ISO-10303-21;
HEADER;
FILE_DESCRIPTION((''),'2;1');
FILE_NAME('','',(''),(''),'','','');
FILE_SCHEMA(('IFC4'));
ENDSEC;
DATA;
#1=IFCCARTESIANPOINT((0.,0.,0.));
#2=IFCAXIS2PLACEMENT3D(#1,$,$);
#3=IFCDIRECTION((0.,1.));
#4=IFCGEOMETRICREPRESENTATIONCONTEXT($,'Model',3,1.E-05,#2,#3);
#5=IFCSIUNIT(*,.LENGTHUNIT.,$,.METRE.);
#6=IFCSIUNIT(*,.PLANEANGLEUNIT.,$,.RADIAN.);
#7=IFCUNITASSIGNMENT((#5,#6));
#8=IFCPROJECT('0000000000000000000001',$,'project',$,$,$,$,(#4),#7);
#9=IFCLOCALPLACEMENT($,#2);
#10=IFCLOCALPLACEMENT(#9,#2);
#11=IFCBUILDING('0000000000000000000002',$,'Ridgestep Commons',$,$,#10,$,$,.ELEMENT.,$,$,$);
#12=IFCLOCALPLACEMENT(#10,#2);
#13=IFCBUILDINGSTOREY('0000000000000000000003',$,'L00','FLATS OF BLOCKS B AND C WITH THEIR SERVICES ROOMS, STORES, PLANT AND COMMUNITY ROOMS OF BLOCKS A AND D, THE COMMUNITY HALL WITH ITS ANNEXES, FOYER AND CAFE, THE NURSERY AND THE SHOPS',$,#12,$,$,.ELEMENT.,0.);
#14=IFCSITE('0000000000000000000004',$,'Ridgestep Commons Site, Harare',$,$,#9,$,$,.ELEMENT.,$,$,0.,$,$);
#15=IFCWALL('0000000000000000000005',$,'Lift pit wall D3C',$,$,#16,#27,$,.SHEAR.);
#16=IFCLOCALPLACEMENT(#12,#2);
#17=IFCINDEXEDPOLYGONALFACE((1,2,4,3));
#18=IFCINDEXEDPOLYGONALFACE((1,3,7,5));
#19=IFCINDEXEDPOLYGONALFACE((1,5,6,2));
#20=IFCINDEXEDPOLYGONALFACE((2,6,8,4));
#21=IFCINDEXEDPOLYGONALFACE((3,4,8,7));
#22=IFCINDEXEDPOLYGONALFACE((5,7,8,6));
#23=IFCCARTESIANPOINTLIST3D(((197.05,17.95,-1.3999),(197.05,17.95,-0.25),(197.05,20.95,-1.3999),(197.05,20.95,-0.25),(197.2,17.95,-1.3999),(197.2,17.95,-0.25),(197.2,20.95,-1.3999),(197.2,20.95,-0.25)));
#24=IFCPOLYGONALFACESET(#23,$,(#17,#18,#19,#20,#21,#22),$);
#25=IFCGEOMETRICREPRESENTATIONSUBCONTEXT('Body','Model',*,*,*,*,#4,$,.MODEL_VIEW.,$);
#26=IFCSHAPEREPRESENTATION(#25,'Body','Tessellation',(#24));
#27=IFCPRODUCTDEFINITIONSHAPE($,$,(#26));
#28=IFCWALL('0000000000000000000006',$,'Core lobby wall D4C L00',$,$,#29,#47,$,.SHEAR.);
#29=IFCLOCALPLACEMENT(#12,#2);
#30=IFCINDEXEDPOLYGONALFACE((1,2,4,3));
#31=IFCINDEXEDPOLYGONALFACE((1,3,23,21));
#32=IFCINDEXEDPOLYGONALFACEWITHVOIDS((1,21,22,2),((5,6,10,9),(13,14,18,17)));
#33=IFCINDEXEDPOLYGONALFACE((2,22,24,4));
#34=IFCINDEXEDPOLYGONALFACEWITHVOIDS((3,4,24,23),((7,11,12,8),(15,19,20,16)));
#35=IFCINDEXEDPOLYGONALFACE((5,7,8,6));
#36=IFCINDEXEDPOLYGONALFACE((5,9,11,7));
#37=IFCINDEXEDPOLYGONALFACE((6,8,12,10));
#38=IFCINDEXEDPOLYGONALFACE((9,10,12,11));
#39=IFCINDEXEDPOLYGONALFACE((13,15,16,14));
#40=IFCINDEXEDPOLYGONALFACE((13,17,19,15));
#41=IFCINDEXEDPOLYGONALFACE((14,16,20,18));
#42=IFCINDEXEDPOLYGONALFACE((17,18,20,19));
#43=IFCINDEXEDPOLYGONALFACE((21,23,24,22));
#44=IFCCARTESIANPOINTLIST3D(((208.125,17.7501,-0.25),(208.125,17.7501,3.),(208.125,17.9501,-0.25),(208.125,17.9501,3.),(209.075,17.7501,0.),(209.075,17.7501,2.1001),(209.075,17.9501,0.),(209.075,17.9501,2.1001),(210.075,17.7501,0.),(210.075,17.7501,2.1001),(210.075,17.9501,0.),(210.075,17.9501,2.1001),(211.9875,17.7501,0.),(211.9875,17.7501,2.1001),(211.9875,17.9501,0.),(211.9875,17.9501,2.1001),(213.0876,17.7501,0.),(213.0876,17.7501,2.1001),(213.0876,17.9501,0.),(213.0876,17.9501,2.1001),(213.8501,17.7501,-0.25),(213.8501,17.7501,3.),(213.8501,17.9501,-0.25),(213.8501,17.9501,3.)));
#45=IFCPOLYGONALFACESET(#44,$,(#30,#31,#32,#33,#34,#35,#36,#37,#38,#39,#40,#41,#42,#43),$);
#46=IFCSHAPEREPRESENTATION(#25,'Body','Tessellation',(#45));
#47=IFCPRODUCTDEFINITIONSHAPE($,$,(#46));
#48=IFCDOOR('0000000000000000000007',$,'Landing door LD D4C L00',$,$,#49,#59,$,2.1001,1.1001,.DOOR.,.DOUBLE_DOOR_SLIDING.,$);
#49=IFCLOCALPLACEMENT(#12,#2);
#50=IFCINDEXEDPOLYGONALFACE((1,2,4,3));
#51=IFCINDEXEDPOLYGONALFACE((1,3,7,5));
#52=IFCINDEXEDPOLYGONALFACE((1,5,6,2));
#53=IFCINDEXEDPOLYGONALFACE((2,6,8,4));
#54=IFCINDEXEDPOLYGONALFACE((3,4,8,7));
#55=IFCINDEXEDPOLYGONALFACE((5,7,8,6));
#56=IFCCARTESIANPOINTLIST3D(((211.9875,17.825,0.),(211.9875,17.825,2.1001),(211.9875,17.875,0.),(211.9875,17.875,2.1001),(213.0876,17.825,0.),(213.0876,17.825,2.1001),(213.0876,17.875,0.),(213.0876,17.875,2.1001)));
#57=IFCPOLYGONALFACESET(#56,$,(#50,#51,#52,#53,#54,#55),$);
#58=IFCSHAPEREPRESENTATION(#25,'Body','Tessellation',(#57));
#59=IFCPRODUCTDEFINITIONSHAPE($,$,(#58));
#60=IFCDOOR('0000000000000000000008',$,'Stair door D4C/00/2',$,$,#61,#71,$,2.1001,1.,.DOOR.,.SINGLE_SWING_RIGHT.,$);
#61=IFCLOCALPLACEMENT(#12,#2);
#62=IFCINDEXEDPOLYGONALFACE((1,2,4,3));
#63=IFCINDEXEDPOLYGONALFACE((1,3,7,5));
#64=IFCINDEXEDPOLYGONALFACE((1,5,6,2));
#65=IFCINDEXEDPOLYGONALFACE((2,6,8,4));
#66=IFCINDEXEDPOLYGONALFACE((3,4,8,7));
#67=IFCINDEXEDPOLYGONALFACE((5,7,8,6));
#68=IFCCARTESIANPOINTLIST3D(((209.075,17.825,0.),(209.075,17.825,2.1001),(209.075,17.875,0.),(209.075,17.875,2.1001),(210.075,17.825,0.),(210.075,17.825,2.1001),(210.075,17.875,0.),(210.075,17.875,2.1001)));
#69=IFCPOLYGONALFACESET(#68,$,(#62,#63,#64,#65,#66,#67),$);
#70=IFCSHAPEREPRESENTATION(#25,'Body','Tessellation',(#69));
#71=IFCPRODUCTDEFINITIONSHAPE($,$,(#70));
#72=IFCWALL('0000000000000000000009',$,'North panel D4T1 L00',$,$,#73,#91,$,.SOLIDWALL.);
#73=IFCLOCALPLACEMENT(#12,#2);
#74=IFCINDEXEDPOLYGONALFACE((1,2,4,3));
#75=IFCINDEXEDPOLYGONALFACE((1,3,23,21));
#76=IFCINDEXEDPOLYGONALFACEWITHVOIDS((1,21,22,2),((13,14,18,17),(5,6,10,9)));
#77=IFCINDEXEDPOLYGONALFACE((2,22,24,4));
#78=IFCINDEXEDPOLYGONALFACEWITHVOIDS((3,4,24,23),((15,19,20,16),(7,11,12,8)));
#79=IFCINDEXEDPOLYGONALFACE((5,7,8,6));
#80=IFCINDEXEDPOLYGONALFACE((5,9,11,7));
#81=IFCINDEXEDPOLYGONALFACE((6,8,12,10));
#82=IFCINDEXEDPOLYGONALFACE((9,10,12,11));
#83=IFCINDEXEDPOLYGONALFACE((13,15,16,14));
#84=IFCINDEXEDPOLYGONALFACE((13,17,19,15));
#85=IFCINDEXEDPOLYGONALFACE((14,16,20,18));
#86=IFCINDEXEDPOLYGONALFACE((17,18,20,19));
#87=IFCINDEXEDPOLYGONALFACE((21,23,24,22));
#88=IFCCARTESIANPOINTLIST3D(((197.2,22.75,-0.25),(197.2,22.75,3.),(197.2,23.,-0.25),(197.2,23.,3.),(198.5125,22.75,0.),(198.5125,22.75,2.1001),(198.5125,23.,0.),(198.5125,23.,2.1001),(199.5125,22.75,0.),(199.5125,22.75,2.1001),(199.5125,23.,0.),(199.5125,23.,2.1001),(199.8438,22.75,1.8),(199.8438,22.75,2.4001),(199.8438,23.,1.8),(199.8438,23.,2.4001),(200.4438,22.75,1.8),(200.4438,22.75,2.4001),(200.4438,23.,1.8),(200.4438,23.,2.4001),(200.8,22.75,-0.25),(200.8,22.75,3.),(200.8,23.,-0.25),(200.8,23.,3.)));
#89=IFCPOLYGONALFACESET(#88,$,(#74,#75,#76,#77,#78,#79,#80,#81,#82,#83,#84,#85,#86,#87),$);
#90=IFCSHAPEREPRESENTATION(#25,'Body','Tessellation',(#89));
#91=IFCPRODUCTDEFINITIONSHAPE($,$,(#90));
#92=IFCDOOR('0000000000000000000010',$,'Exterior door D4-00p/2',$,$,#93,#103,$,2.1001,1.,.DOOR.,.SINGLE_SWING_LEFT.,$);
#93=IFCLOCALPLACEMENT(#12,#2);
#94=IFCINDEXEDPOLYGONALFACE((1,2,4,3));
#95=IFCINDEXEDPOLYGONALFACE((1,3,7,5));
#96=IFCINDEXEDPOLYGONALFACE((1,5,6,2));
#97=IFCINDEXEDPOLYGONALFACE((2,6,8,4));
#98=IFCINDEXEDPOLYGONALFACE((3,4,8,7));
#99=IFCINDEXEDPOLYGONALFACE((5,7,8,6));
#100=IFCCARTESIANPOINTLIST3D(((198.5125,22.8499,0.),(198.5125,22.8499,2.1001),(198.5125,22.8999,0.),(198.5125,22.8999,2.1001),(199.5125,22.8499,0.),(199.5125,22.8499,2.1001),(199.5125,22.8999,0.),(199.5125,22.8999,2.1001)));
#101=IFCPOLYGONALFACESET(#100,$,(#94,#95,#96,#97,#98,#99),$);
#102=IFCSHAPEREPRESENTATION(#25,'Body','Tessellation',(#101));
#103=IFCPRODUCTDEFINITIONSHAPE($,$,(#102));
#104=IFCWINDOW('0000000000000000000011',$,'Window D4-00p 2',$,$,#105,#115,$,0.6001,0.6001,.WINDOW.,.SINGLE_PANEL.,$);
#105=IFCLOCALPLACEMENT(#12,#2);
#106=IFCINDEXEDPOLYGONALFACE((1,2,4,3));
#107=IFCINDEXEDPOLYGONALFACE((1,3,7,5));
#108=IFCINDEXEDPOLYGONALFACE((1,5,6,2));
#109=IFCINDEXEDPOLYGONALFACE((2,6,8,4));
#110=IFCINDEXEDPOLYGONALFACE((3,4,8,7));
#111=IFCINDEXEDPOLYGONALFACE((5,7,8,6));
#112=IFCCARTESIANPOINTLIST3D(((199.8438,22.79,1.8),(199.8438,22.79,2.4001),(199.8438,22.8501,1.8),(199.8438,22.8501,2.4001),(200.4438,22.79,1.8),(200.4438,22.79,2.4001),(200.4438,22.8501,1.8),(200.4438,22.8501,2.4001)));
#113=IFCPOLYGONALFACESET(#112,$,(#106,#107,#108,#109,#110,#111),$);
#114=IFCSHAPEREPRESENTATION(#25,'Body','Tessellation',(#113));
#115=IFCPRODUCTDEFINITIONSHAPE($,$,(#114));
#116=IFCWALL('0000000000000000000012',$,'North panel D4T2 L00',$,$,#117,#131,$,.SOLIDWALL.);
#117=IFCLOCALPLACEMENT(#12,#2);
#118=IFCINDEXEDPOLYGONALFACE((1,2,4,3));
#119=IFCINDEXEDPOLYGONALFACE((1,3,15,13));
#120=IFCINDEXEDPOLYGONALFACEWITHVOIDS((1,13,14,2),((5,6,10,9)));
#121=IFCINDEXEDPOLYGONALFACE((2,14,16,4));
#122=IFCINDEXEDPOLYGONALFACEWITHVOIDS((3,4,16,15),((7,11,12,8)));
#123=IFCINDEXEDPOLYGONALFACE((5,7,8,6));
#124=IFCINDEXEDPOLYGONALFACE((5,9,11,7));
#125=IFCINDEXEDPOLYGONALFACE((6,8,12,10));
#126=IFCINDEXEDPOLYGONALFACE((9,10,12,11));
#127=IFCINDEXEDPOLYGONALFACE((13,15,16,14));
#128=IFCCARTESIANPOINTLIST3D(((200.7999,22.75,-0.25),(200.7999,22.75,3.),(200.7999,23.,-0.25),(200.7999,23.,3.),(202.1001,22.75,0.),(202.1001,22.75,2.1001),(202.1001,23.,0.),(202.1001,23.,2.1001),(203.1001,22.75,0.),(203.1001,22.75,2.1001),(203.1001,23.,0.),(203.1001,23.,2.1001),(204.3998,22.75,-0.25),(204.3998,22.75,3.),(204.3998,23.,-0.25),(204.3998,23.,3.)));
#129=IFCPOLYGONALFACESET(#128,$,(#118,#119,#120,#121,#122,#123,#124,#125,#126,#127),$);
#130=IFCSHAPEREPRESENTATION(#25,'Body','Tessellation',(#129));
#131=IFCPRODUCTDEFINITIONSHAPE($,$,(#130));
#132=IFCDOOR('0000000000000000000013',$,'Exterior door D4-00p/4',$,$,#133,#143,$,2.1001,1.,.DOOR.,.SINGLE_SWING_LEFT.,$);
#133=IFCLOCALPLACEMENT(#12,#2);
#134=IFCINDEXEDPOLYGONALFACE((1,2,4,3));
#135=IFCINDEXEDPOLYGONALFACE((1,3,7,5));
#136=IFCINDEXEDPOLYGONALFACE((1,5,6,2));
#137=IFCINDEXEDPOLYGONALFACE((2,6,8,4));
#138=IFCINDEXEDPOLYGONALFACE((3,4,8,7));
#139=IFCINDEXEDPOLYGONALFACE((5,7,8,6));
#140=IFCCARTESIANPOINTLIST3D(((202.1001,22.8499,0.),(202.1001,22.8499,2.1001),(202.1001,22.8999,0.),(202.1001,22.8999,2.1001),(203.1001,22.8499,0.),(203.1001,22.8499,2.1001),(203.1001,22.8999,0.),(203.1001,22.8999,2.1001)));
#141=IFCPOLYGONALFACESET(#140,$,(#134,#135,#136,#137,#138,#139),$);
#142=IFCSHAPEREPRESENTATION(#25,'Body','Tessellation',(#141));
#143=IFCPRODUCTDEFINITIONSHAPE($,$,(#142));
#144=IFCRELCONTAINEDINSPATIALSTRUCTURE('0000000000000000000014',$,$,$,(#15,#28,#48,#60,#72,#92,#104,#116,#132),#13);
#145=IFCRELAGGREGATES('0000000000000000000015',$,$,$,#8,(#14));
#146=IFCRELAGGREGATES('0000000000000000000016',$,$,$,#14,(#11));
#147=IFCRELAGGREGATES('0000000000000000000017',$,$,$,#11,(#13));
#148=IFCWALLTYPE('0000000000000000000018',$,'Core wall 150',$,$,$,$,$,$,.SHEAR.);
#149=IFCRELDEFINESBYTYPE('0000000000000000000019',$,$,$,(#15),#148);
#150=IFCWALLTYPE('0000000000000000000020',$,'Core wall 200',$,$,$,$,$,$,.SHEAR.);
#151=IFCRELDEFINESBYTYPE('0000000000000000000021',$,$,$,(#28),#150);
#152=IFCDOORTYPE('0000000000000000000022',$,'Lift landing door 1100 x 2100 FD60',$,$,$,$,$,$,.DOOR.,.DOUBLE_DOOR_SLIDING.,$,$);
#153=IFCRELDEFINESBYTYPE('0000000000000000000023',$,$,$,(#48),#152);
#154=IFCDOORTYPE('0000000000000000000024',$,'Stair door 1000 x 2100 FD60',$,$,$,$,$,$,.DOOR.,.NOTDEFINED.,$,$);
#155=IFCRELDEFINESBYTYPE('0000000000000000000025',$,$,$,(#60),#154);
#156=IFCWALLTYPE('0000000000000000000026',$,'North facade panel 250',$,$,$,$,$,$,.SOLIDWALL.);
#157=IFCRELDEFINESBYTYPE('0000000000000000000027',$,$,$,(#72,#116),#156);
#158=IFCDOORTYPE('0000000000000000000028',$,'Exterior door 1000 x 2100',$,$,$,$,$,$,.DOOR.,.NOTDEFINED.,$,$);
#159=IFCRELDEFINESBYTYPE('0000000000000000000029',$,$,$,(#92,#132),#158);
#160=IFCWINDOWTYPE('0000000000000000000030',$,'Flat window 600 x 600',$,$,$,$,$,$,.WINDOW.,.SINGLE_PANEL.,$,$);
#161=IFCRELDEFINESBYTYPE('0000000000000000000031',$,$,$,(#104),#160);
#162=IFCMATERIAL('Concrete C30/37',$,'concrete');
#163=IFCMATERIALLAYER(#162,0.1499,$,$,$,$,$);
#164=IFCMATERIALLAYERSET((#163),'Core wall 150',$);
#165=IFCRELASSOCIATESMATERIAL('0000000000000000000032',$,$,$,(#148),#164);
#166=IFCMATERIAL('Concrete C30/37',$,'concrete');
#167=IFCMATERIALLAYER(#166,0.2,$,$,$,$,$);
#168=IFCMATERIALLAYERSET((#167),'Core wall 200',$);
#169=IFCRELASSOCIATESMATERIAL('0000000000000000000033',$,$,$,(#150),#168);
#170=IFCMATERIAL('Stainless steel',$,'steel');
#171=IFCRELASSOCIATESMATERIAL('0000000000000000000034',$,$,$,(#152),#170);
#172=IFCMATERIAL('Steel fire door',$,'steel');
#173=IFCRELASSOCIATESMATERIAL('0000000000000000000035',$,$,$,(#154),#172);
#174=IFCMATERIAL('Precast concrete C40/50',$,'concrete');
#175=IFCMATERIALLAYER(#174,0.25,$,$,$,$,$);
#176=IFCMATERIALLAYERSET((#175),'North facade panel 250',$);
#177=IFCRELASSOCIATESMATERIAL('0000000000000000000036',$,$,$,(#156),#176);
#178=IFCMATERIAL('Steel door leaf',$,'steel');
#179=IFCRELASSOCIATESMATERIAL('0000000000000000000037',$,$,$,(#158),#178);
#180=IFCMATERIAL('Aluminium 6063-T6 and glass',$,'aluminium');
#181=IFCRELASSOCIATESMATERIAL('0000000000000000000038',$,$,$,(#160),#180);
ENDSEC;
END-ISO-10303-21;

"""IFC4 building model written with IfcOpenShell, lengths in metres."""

from ifc_helpers import new_model, si_unit, direction, frame, frame_2d, origin, place, context, subcontext, project, spatial, rectangle, extrude, material, layer, layer_set, type_object, element, fill, save


model = new_model("IFC4")

# Units and contexts
model_context = context("Model", 3, precision=1e-05, world=origin(), true_north=direction((0.0, 1.0)))
body_context = subcontext(model_context, "Body", "Model", "MODEL_VIEW")
ifc_project = project(units=[si_unit("LENGTHUNIT", "METRE"), si_unit("PLANEANGLEUNIT", "RADIAN")], contexts=[model_context])

# Site, building, storey
site_placement = place(None, origin())
site = spatial("IfcSite", under=ifc_project, at=site_placement, Name="Ridgestep Commons Site, Harare", CompositionType="ELEMENT", RefElevation=0.0)
building_placement = place(site_placement, origin())
building = spatial("IfcBuilding", under=site, at=building_placement, Name="Ridgestep Commons", CompositionType="ELEMENT")
storey_placement = place(building_placement, origin())
storey = spatial("IfcBuildingStorey", under=building, at=storey_placement, Name="L00", Description="FLATS OF BLOCKS B AND C WITH THEIR SERVICES ROOMS, STORES, PLANT AND COMMUNITY ROOMS OF BLOCKS A AND D, THE COMMUNITY HALL WITH ITS ANNEXES, FOYER AND CAFE, THE NURSERY AND THE SHOPS", CompositionType="ELEMENT", Elevation=0.0)

# Wall
ifc_material_1 = material(Name="Concrete C30/37", Category="concrete")
ifc_layer_1 = layer(ifc_material_1, 0.1499)
ifc_layer_set_1 = layer_set([ifc_layer_1], Name="Core wall 150")
wall_type_1 = type_object("IfcWallType", Name="Core wall 150", PredefinedType="SHEAR", material=ifc_layer_set_1)
wall_1_placement = place(storey_placement, frame((197.125, 17.95, -1.3999), z_axis=(0.0, 0.0, 1.0), x_axis=(0.0, 1.0, 0.0)))
element("IfcWall", 1, at=wall_1_placement, inside=storey, type_object=wall_type_1, Name="Lift pit wall D3C", PredefinedType="SHEAR", context=body_context, shape_type="SweptSolid", body=[
    extrude(rectangle(XDim=3.0, YDim=0.1499, at=frame_2d((1.5, 0.0))), origin(), (0.0, 0.0, 1.0), 1.1499),
])

# Wall, openings, doors
ifc_material_2 = material(Name="Concrete C30/37", Category="concrete")
ifc_layer_2 = layer(ifc_material_2, 0.2)
ifc_layer_set_2 = layer_set([ifc_layer_2], Name="Core wall 200")
wall_type_2 = type_object("IfcWallType", Name="Core wall 200", PredefinedType="SHEAR", material=ifc_layer_set_2)
wall_2_placement = place(storey_placement, frame((208.125, 17.8501, -0.25), z_axis=(0.0, 0.0, 1.0), x_axis=(1.0, 0.0, 0.0)))
wall_2 = element("IfcWall", 2, at=wall_2_placement, inside=storey, type_object=wall_type_2, Name="Core lobby wall D4C L00", PredefinedType="SHEAR", context=body_context, shape_type="SweptSolid", body=[
    extrude(rectangle(XDim=5.7251, YDim=0.2, at=frame_2d((2.8625, 0.0))), origin(), (0.0, 0.0, 1.0), 3.25),
])
opening_1_placement = place(wall_2_placement, frame((0.95, 0.0, 0.25)))
opening_1 = element("IfcOpeningElement", 3, at=opening_1_placement, cuts=wall_2, PredefinedType="OPENING", context=body_context, shape_type="SweptSolid", body=[
    extrude(rectangle(XDim=1.0, YDim=2.1001, at=frame_2d((0.5, 1.05))), frame((0.0, 0.1099, 0.0), z_axis=(0.0, -1.0, 0.0), x_axis=(1.0, 0.0, 0.0)), (0.0, 0.0, 1.0), 0.22),
])
opening_2_placement = place(wall_2_placement, frame((3.8625, 0.0, 0.25)))
opening_2 = element("IfcOpeningElement", 4, at=opening_2_placement, cuts=wall_2, PredefinedType="OPENING", context=body_context, shape_type="SweptSolid", body=[
    extrude(rectangle(XDim=1.1001, YDim=2.1001, at=frame_2d((0.55, 1.05))), frame((0.0, 0.1099, 0.0), z_axis=(0.0, -1.0, 0.0), x_axis=(1.0, 0.0, 0.0)), (0.0, 0.0, 1.0), 0.22),
])
ifc_material_3 = material(Name="Stainless steel", Category="steel")
door_type_1 = type_object("IfcDoorType", Name="Lift landing door 1100 x 2100 FD60", OperationType="DOUBLE_DOOR_SLIDING", PredefinedType="DOOR", material=ifc_material_3)
door_1_placement = place(opening_2_placement, origin())
door_1 = element("IfcDoor", 5, at=door_1_placement, inside=storey, type_object=door_type_1, Name="Landing door LD D4C L00", OperationType="DOUBLE_DOOR_SLIDING", OverallHeight=2.1001, OverallWidth=1.1001, PredefinedType="DOOR", context=body_context, shape_type="SweptSolid", body=[
    extrude(rectangle(XDim=1.1001, YDim=2.1001, at=frame_2d((0.55, 1.05))), frame((0.0, 0.0249, 0.0), z_axis=(0.0, -1.0, 0.0), x_axis=(1.0, 0.0, 0.0)), (0.0, 0.0, 1.0), 0.05),
])
fill(opening_2, door_1)
ifc_material_4 = material(Name="Steel fire door", Category="steel")
door_type_2 = type_object("IfcDoorType", Name="Stair door 1000 x 2100 FD60", OperationType="NOTDEFINED", PredefinedType="DOOR", material=ifc_material_4)
door_2_placement = place(opening_1_placement, origin())
door_2 = element("IfcDoor", 6, at=door_2_placement, inside=storey, type_object=door_type_2, Name="Stair door D4C/00/2", OperationType="SINGLE_SWING_RIGHT", OverallHeight=2.1001, OverallWidth=1.0, PredefinedType="DOOR", context=body_context, shape_type="SweptSolid", body=[
    extrude(rectangle(XDim=1.0, YDim=2.1001, at=frame_2d((0.5, 1.05))), frame((0.0, 0.0249, 0.0), z_axis=(0.0, -1.0, 0.0), x_axis=(1.0, 0.0, 0.0)), (0.0, 0.0, 1.0), 0.05),
])
fill(opening_1, door_2)

# Wall, openings, door, window
ifc_material_5 = material(Name="Precast concrete C40/50", Category="concrete")
ifc_layer_3 = layer(ifc_material_5, 0.25)
ifc_layer_set_3 = layer_set([ifc_layer_3], Name="North facade panel 250")
wall_type_3 = type_object("IfcWallType", Name="North facade panel 250", PredefinedType="SOLIDWALL", material=ifc_layer_set_3)
wall_3_placement = place(storey_placement, frame((197.2, 22.875, -0.25), z_axis=(0.0, 0.0, 1.0), x_axis=(1.0, 0.0, 0.0)))
wall_3 = element("IfcWall", 7, at=wall_3_placement, inside=storey, type_object=wall_type_3, Name="North panel D4T1 L00", PredefinedType="SOLIDWALL", context=body_context, shape_type="SweptSolid", body=[
    extrude(rectangle(XDim=3.6001, YDim=0.25, at=frame_2d((1.8, 0.0))), origin(), (0.0, 0.0, 1.0), 3.25),
])
opening_3_placement = place(wall_3_placement, frame((2.6438, 0.0, 2.05)))
opening_3 = element("IfcOpeningElement", 8, at=opening_3_placement, cuts=wall_3, PredefinedType="OPENING", context=body_context, shape_type="SweptSolid", body=[
    extrude(rectangle(XDim=0.6001, YDim=0.6001, at=frame_2d((0.3, 0.3))), frame((0.0, 0.135, 0.0), z_axis=(0.0, -1.0, 0.0), x_axis=(1.0, 0.0, 0.0)), (0.0, 0.0, 1.0), 0.27),
])
opening_4_placement = place(wall_3_placement, frame((1.3125, 0.0, 0.25)))
opening_4 = element("IfcOpeningElement", 9, at=opening_4_placement, cuts=wall_3, PredefinedType="OPENING", context=body_context, shape_type="SweptSolid", body=[
    extrude(rectangle(XDim=1.0, YDim=2.1001, at=frame_2d((0.5, 1.05))), frame((0.0, 0.135, 0.0), z_axis=(0.0, -1.0, 0.0), x_axis=(1.0, 0.0, 0.0)), (0.0, 0.0, 1.0), 0.27),
])
ifc_material_6 = material(Name="Steel door leaf", Category="steel")
door_type_3 = type_object("IfcDoorType", Name="Exterior door 1000 x 2100", OperationType="NOTDEFINED", PredefinedType="DOOR", material=ifc_material_6)
door_3_placement = place(opening_4_placement, origin())
door_3 = element("IfcDoor", 10, at=door_3_placement, inside=storey, type_object=door_type_3, Name="Exterior door D4-00p/2", OperationType="SINGLE_SWING_LEFT", OverallHeight=2.1001, OverallWidth=1.0, PredefinedType="DOOR", context=body_context, shape_type="SweptSolid", body=[
    extrude(rectangle(XDim=1.0, YDim=2.1001, at=frame_2d((0.5, 1.05))), frame((0.0, 0.0249, 0.0), z_axis=(0.0, -1.0, 0.0), x_axis=(1.0, 0.0, 0.0)), (0.0, 0.0, 1.0), 0.05),
])
fill(opening_4, door_3)
ifc_material_7 = material(Name="Aluminium 6063-T6 and glass", Category="aluminium")
window_type = type_object("IfcWindowType", Name="Flat window 600 x 600", PartitioningType="SINGLE_PANEL", PredefinedType="WINDOW", material=ifc_material_7)
window_1_placement = place(opening_3_placement, origin())
window_1 = element("IfcWindow", 11, at=window_1_placement, inside=storey, type_object=window_type, Name="Window D4-00p 2", OverallHeight=0.6001, OverallWidth=0.6001, PartitioningType="SINGLE_PANEL", PredefinedType="WINDOW", context=body_context, shape_type="SweptSolid", body=[
    extrude(rectangle(XDim=0.6001, YDim=0.6001, at=frame_2d((0.3, 0.3))), frame((0.0, -0.0249, 0.0), z_axis=(0.0, -1.0, 0.0), x_axis=(1.0, 0.0, 0.0)), (0.0, 0.0, 1.0), 0.0601),
])
fill(opening_3, window_1)

# Wall, opening, door
wall_4_placement = place(storey_placement, frame((200.8, 22.875, -0.25), z_axis=(0.0, 0.0, 1.0), x_axis=(1.0, 0.0, 0.0)))
wall_4 = element("IfcWall", 12, at=wall_4_placement, inside=storey, type_object=wall_type_3, Name="North panel D4T2 L00", PredefinedType="SOLIDWALL", context=body_context, shape_type="SweptSolid", body=[
    extrude(rectangle(XDim=3.5999, YDim=0.25, at=frame_2d((1.7998, 0.0))), origin(), (0.0, 0.0, 1.0), 3.25),
])
opening_5_placement = place(wall_4_placement, frame((1.3, 0.0, 0.25)))
opening_5 = element("IfcOpeningElement", 13, at=opening_5_placement, cuts=wall_4, PredefinedType="OPENING", context=body_context, shape_type="SweptSolid", body=[
    extrude(rectangle(XDim=1.0, YDim=2.1001, at=frame_2d((0.5, 1.05))), frame((0.0, 0.135, 0.0), z_axis=(0.0, -1.0, 0.0), x_axis=(1.0, 0.0, 0.0)), (0.0, 0.0, 1.0), 0.27),
])
door_4_placement = place(opening_5_placement, origin())
door_4 = element("IfcDoor", 14, at=door_4_placement, inside=storey, type_object=door_type_3, Name="Exterior door D4-00p/4", OperationType="SINGLE_SWING_LEFT", OverallHeight=2.1001, OverallWidth=1.0, PredefinedType="DOOR", context=body_context, shape_type="SweptSolid", body=[
    extrude(rectangle(XDim=1.0, YDim=2.1001, at=frame_2d((0.5, 1.05))), frame((0.0, 0.0249, 0.0), z_axis=(0.0, -1.0, 0.0), x_axis=(1.0, 0.0, 0.0)), (0.0, 0.0, 1.0), 0.05),
])
fill(opening_5, door_4)

save(model, "model.ifc")
